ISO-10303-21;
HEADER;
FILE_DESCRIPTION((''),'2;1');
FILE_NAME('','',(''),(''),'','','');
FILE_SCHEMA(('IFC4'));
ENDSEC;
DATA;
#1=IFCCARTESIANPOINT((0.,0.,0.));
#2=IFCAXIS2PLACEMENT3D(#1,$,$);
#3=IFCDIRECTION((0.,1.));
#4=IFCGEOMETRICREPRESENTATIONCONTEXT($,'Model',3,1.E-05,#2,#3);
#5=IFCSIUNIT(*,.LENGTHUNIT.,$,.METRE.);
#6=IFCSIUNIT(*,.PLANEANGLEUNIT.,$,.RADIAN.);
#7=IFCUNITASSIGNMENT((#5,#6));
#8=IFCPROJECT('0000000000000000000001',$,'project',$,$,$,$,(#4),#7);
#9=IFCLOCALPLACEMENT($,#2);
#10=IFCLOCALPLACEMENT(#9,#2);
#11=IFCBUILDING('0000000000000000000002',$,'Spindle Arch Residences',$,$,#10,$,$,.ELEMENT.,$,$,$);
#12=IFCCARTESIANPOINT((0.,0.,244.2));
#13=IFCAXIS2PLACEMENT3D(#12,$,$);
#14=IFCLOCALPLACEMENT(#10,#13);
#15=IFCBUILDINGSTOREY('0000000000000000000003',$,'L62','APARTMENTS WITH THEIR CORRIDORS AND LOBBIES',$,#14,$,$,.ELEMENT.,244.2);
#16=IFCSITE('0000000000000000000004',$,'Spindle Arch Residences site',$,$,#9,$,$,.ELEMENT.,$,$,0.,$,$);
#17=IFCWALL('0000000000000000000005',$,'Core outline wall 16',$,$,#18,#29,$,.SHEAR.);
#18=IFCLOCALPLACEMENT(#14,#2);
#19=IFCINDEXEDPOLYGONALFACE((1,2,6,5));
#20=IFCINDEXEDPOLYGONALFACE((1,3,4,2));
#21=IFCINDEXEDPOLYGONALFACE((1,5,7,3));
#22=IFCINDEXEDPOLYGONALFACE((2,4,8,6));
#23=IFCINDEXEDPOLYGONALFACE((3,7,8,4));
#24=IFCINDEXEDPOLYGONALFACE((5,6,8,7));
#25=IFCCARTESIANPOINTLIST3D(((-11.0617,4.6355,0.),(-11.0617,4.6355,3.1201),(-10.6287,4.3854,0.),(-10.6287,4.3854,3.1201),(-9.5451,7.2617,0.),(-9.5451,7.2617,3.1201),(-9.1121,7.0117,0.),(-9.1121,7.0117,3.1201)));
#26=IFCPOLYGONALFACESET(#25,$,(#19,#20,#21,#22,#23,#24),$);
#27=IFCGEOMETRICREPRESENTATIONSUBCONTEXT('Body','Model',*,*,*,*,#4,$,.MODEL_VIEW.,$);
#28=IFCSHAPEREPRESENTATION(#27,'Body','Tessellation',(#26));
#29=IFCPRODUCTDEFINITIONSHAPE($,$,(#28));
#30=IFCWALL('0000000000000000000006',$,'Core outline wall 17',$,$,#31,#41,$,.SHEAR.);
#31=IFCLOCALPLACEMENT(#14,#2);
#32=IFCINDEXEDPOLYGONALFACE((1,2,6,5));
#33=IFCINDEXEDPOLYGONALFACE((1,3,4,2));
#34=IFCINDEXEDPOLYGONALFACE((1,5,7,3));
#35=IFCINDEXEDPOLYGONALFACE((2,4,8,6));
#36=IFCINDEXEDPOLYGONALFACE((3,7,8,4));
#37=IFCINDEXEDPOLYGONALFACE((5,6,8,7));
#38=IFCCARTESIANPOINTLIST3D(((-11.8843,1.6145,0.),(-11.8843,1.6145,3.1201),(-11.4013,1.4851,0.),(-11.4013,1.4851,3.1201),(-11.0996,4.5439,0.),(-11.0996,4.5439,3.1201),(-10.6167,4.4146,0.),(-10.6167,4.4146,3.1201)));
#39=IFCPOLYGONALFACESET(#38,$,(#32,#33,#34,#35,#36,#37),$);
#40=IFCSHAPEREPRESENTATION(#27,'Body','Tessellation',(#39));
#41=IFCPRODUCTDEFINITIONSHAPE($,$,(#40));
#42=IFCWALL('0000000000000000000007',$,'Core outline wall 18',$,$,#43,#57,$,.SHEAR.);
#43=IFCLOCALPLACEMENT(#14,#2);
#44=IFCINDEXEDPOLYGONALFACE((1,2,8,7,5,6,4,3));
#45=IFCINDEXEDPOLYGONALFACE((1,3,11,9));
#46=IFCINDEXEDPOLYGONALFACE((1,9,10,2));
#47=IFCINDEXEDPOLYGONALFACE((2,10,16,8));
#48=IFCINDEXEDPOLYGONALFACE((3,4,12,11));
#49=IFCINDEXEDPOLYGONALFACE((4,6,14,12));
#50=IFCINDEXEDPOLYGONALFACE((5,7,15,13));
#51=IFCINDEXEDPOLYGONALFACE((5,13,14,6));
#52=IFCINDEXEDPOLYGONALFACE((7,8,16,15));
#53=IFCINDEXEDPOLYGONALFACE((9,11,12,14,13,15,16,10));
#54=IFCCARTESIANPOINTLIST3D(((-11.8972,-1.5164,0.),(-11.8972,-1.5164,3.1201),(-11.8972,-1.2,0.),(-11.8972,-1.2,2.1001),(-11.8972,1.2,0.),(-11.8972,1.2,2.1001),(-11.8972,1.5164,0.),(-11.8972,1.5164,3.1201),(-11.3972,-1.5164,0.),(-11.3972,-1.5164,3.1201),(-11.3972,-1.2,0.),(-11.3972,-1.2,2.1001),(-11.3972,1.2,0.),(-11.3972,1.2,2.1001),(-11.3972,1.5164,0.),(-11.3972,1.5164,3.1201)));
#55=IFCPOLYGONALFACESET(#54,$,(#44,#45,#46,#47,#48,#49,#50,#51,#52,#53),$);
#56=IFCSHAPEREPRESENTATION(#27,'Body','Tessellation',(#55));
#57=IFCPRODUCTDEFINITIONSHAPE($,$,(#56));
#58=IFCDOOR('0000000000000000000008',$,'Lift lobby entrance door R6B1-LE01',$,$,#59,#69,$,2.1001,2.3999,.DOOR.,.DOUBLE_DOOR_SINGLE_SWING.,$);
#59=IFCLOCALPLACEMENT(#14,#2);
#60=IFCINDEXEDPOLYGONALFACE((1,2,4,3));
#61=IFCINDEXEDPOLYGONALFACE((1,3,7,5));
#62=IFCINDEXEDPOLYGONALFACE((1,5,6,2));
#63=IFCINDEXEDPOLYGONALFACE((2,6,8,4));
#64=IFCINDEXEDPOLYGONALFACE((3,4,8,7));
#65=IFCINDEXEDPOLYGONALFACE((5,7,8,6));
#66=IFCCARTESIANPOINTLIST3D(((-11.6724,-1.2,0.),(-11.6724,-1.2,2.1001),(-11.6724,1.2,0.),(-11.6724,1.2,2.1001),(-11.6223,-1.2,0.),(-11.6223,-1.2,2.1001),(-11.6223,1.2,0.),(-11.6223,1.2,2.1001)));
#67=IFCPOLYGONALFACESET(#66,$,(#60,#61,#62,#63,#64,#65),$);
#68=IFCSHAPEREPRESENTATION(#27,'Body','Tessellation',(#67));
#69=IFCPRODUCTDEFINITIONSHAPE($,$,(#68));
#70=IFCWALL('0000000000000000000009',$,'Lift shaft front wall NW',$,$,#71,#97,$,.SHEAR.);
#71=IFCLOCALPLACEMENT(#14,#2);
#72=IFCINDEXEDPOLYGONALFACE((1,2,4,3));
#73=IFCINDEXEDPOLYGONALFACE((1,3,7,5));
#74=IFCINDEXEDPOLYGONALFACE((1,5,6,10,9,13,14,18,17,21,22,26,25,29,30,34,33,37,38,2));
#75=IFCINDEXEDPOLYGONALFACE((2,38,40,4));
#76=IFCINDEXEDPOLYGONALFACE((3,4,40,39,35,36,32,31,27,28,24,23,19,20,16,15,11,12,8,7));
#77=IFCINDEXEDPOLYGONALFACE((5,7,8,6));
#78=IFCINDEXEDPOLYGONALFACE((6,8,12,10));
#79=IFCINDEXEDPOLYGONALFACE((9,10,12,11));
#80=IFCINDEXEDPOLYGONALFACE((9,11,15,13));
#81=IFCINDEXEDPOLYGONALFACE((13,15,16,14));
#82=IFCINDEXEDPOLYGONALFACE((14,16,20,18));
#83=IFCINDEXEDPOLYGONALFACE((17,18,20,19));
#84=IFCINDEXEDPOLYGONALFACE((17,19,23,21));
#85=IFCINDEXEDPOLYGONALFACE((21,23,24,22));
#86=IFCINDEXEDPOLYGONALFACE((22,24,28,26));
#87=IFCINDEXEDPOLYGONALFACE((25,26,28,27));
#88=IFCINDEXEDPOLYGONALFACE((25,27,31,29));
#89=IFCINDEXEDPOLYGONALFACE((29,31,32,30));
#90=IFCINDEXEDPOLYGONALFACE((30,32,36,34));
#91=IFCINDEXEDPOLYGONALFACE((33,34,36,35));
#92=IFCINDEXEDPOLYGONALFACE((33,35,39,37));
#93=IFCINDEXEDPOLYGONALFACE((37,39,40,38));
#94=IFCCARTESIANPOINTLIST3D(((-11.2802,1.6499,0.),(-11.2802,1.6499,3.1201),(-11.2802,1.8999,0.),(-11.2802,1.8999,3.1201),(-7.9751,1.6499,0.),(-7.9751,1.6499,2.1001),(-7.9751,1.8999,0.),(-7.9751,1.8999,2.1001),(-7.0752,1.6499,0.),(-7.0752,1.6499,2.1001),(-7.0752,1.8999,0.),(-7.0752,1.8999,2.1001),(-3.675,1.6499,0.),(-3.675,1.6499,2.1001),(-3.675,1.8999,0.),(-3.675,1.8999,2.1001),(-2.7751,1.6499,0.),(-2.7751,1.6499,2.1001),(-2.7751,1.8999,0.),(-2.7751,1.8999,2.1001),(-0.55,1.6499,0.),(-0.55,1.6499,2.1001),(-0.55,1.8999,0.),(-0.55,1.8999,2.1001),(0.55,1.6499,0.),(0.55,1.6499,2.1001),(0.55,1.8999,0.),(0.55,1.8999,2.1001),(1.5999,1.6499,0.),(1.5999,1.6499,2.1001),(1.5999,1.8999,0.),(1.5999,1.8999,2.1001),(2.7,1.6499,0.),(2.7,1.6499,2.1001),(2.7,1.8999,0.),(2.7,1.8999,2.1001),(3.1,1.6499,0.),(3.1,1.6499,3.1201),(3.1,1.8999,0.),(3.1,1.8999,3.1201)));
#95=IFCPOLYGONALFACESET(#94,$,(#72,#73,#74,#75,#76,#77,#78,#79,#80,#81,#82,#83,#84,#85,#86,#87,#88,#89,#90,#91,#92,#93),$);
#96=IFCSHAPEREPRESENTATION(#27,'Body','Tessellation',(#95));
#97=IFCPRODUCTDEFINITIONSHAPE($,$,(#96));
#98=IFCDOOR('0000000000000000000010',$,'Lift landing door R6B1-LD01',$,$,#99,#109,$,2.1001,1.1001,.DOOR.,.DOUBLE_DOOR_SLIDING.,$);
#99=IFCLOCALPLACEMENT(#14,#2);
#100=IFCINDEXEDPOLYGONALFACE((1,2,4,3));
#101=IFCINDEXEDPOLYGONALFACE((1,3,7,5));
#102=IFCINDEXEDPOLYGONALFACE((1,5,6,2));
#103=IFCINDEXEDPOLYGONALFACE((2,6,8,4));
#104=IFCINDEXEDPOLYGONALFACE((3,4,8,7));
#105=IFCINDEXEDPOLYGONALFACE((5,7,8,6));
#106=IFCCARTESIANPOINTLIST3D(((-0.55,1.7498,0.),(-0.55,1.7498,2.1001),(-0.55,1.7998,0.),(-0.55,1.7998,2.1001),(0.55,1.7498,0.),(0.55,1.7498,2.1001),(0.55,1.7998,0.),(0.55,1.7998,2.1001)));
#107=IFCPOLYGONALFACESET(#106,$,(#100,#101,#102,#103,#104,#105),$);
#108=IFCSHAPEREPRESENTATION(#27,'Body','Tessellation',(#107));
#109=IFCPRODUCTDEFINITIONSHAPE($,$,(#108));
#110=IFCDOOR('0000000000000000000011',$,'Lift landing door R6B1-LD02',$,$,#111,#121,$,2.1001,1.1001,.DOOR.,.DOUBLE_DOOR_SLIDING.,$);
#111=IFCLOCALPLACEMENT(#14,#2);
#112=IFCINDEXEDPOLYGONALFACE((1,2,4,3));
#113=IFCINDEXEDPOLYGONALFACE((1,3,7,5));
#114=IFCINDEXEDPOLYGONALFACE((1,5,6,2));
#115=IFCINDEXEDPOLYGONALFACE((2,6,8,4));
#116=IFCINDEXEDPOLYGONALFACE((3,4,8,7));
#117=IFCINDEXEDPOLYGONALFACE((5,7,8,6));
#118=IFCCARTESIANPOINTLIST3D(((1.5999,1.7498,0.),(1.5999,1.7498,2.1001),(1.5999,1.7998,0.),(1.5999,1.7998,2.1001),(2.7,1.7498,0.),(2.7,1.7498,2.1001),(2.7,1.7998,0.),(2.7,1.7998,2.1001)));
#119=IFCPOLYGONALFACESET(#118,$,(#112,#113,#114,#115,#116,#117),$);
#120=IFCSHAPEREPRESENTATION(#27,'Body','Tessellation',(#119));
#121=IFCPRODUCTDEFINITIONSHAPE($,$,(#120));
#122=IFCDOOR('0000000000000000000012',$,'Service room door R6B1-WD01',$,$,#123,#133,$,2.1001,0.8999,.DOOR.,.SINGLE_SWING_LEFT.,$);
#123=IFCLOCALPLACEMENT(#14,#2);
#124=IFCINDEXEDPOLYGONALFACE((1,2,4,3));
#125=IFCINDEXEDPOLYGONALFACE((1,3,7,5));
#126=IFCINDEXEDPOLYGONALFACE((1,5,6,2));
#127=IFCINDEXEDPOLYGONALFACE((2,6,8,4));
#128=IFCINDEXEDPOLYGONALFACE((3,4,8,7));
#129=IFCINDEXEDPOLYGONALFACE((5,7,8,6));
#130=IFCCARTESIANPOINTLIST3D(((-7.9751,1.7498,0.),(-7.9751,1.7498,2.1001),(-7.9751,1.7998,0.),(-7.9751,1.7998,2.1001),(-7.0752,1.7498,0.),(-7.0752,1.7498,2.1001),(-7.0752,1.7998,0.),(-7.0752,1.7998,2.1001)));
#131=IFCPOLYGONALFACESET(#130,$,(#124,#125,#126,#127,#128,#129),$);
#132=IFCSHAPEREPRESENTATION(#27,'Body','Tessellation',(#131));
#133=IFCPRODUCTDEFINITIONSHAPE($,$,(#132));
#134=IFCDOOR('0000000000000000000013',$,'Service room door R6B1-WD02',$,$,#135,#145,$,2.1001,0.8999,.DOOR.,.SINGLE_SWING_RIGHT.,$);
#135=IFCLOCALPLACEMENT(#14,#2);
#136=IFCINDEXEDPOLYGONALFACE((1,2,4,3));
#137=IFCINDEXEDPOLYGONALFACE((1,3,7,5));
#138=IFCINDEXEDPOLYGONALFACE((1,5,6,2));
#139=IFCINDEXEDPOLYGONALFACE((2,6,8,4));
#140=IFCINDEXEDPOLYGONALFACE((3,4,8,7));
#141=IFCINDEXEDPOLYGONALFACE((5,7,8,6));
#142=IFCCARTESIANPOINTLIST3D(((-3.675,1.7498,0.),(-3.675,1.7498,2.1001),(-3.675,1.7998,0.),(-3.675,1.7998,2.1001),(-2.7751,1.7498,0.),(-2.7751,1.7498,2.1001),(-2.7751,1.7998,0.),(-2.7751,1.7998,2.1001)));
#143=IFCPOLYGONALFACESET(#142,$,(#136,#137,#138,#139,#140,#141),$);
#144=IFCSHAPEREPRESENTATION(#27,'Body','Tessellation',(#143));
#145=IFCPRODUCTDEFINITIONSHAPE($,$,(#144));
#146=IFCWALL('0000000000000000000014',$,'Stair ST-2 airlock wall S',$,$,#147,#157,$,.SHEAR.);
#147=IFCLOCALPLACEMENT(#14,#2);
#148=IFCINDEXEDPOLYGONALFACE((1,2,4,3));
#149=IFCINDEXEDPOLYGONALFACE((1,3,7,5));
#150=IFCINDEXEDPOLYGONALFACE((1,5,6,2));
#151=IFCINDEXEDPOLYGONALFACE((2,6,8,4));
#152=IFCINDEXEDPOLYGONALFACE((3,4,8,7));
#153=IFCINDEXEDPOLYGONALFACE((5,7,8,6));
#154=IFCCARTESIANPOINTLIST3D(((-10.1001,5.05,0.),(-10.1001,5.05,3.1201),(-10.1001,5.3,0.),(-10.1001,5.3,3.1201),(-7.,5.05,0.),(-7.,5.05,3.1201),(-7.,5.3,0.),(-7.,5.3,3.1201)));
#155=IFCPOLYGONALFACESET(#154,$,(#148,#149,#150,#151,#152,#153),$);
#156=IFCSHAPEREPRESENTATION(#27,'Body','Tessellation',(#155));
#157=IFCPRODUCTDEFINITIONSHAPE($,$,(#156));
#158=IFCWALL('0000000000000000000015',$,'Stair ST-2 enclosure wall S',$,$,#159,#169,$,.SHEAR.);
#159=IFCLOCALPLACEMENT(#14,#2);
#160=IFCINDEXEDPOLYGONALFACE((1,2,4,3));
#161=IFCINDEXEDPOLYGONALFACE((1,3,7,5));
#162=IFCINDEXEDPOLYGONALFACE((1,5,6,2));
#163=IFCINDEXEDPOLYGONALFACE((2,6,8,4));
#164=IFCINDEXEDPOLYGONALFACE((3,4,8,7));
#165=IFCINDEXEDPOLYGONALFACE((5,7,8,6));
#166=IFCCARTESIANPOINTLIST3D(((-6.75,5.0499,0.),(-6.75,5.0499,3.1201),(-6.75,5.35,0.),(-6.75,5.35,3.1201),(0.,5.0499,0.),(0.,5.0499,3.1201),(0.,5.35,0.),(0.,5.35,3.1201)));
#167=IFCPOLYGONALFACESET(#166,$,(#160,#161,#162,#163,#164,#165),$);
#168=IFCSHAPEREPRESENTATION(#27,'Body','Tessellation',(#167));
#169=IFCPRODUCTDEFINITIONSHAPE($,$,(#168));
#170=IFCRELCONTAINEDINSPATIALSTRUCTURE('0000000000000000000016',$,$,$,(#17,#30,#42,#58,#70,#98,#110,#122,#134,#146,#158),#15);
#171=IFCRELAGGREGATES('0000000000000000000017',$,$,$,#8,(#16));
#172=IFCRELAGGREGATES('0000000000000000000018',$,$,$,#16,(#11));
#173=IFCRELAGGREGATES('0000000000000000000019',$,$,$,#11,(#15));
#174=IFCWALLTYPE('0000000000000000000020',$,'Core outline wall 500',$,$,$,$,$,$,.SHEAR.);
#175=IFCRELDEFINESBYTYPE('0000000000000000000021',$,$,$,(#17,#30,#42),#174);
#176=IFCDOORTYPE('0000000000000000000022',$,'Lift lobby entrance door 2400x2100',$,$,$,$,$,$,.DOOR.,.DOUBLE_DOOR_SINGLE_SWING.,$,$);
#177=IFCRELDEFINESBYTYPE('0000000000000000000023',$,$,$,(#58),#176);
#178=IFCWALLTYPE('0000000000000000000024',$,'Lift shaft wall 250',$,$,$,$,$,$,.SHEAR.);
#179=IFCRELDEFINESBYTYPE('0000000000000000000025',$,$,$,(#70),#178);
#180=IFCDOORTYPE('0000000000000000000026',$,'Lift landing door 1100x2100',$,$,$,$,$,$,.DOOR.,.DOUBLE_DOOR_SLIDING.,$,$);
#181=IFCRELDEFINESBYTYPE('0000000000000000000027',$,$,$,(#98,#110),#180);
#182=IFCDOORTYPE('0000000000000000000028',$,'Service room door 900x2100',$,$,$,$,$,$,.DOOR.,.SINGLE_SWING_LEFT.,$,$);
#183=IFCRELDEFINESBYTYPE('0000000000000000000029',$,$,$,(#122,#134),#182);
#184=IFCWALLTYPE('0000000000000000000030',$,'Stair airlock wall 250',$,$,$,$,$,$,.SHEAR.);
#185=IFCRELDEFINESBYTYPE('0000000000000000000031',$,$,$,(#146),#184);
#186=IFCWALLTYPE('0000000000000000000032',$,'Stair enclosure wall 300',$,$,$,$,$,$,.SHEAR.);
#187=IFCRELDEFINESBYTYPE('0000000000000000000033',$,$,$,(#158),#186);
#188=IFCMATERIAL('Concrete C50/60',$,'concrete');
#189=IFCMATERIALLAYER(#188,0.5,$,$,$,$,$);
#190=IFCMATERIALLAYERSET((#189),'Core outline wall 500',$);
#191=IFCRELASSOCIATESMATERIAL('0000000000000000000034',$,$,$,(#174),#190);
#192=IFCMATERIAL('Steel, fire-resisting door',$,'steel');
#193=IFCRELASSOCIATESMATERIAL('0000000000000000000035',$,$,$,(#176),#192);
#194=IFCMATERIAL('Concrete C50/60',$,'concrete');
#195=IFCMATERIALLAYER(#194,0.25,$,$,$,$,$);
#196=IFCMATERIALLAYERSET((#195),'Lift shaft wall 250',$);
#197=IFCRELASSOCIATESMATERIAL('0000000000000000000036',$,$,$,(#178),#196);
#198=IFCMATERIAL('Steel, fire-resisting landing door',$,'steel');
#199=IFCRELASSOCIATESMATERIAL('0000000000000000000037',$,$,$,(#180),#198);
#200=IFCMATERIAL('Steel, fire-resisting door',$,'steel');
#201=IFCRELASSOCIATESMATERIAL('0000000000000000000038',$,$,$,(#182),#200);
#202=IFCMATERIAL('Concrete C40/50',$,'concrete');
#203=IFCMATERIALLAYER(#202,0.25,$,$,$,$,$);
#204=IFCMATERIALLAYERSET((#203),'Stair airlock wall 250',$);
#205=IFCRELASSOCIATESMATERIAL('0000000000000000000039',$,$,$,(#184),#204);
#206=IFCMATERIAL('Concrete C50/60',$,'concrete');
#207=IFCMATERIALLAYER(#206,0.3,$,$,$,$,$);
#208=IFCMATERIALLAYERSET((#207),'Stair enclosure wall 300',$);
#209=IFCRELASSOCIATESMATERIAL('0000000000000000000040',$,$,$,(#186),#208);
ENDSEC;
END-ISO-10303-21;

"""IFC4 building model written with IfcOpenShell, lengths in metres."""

from ifc_helpers import new_model, si_unit, direction, frame, frame_2d, origin, place, context, subcontext, project, spatial, rectangle, extrude, material, layer, layer_set, type_object, element, fill, save


model = new_model("IFC4")

# Units and contexts
model_context = context("Model", 3, precision=1e-05, world=origin(), true_north=direction((0.0, 1.0)))
body_context = subcontext(model_context, "Body", "Model", "MODEL_VIEW")
ifc_project = project(units=[si_unit("LENGTHUNIT", "METRE"), si_unit("PLANEANGLEUNIT", "RADIAN")], contexts=[model_context])

# Site, building, storey
site_placement = place(None, origin())
site = spatial("IfcSite", under=ifc_project, at=site_placement, Name="Spindle Arch Residences site", CompositionType="ELEMENT", RefElevation=0.0)
building_placement = place(site_placement, origin())
building = spatial("IfcBuilding", under=site, at=building_placement, Name="Spindle Arch Residences", CompositionType="ELEMENT")
storey_placement = place(building_placement, frame((0.0, 0.0, 244.2)))
storey = spatial("IfcBuildingStorey", under=building, at=storey_placement, Name="L62", Description="APARTMENTS WITH THEIR CORRIDORS AND LOBBIES", CompositionType="ELEMENT", Elevation=244.2)

# Walls
ifc_material_1 = material(Name="Concrete C50/60", Category="concrete")
ifc_layer_1 = layer(ifc_material_1, 0.5)
ifc_layer_set_1 = layer_set([ifc_layer_1], Name="Core outline wall 500")
wall_type_1 = type_object("IfcWallType", Name="Core outline wall 500", PredefinedType="SHEAR", material=ifc_layer_set_1)
for number, where, z_axis, x_axis, name in (
    (1, (-9.3286, 7.1367, 0.0), (0.0, 0.0, 1.0), (-0.500087, -0.865975, 0.0), "Core outline wall 16"),
    (2, (-10.8582, 4.4792, 0.0), (0.0, 0.0, 1.0), (-0.258735, -0.965948, 0.0), "Core outline wall 17"),
):
    element("IfcWall", number, at=place(storey_placement, frame(where, z_axis=z_axis, x_axis=x_axis)), inside=storey, type_object=wall_type_1, Name=name, PredefinedType="SHEAR", context=body_context, shape_type="SweptSolid", body=[
        extrude(rectangle(XDim=3.0327, YDim=0.5, at=frame_2d((1.5164, 0.0))), origin(), (0.0, 0.0, 1.0), 3.1201),
    ])

# Wall, opening, door
wall_1_placement = place(storey_placement, frame((-11.6472, 1.5164, 0.0), z_axis=(0.0, 0.0, 1.0), x_axis=(0.0, -1.0, 0.0)))
wall_1 = element("IfcWall", 3, at=wall_1_placement, inside=storey, type_object=wall_type_1, Name="Core outline wall 18", PredefinedType="SHEAR", context=body_context, shape_type="SweptSolid", body=[
    extrude(rectangle(XDim=3.0327, YDim=0.5, at=frame_2d((1.5164, 0.0))), origin(), (0.0, 0.0, 1.0), 3.1201),
])
opening_1_placement = place(wall_1_placement, frame((0.3164, 0.0, 0.0)))
opening_1 = element("IfcOpeningElement", 4, at=opening_1_placement, cuts=wall_1, PredefinedType="OPENING", context=body_context, shape_type="SweptSolid", body=[
    extrude(rectangle(XDim=2.3999, YDim=2.1001, at=frame_2d((1.2, 1.05))), frame((0.0, 0.26, 0.0), z_axis=(0.0, -1.0, 0.0), x_axis=(1.0, 0.0, 0.0)), (0.0, 0.0, 1.0), 0.52),
])
ifc_material_2 = material(Name="Steel, fire-resisting door", Category="steel")
door_type_1 = type_object("IfcDoorType", Name="Lift lobby entrance door 2400x2100", OperationType="DOUBLE_DOOR_SINGLE_SWING", PredefinedType="DOOR", material=ifc_material_2)
door_1_placement = place(opening_1_placement, origin())
door_1 = element("IfcDoor", 5, at=door_1_placement, inside=storey, type_object=door_type_1, Name="Lift lobby entrance door R6B1-LE01", OperationType="DOUBLE_DOOR_SINGLE_SWING", OverallHeight=2.1001, OverallWidth=2.3999, PredefinedType="DOOR", context=body_context, shape_type="SweptSolid", body=[
    extrude(rectangle(XDim=2.3999, YDim=2.1001, at=frame_2d((1.2, 1.05))), frame((0.0, 0.0249, 0.0), z_axis=(0.0, -1.0, 0.0), x_axis=(1.0, 0.0, 0.0)), (0.0, 0.0, 1.0), 0.05),
])
fill(opening_1, door_1)

# Wall, openings, doors
ifc_material_3 = material(Name="Concrete C50/60", Category="concrete")
ifc_layer_2 = layer(ifc_material_3, 0.25)
ifc_layer_set_2 = layer_set([ifc_layer_2], Name="Lift shaft wall 250")
wall_type_2 = type_object("IfcWallType", Name="Lift shaft wall 250", PredefinedType="SHEAR", material=ifc_layer_set_2)
wall_2_placement = place(storey_placement, frame((-11.28, 1.7749, 0.0), z_axis=(0.0, 0.0, 1.0), x_axis=(1.0, 0.0, 0.0)))
wall_2 = element("IfcWall", 6, at=wall_2_placement, inside=storey, type_object=wall_type_2, Name="Lift shaft front wall NW", PredefinedType="SHEAR", context=body_context, shape_type="SweptSolid", body=[
    extrude(rectangle(XDim=14.3801, YDim=0.25, at=frame_2d((7.1899, 0.0))), origin(), (0.0, 0.0, 1.0), 3.1201),
])
opening_2_placement = place(wall_2_placement, frame((10.73, 0.0, 0.0)))
opening_2 = element("IfcOpeningElement", 7, at=opening_2_placement, cuts=wall_2, PredefinedType="OPENING", context=body_context, shape_type="SweptSolid", body=[
    extrude(rectangle(XDim=1.1001, YDim=2.1001, at=frame_2d((0.55, 1.05))), frame((0.0, 0.135, 0.0), z_axis=(0.0, -1.0, 0.0), x_axis=(1.0, 0.0, 0.0)), (0.0, 0.0, 1.0), 0.27),
])
opening_3_placement = place(wall_2_placement, frame((12.8799, 0.0, 0.0)))
opening_3 = element("IfcOpeningElement", 8, at=opening_3_placement, cuts=wall_2, PredefinedType="OPENING", context=body_context, shape_type="SweptSolid", body=[
    extrude(rectangle(XDim=1.1001, YDim=2.1001, at=frame_2d((0.55, 1.05))), frame((0.0, 0.135, 0.0), z_axis=(0.0, -1.0, 0.0), x_axis=(1.0, 0.0, 0.0)), (0.0, 0.0, 1.0), 0.27),
])
opening_4_placement = place(wall_2_placement, frame((3.3049, 0.0, 0.0)))
opening_4 = element("IfcOpeningElement", 9, at=opening_4_placement, cuts=wall_2, PredefinedType="OPENING", context=body_context, shape_type="SweptSolid", body=[
    extrude(rectangle(XDim=0.8999, YDim=2.1001, at=frame_2d((0.45, 1.05))), frame((0.0, 0.135, 0.0), z_axis=(0.0, -1.0, 0.0), x_axis=(1.0, 0.0, 0.0)), (0.0, 0.0, 1.0), 0.27),
])
opening_5_placement = place(wall_2_placement, frame((7.605, 0.0, 0.0)))
opening_5 = element("IfcOpeningElement", 10, at=opening_5_placement, cuts=wall_2, PredefinedType="OPENING", context=body_context, shape_type="SweptSolid", body=[
    extrude(rectangle(XDim=0.8999, YDim=2.1001, at=frame_2d((0.45, 1.05))), frame((0.0, 0.135, 0.0), z_axis=(0.0, -1.0, 0.0), x_axis=(1.0, 0.0, 0.0)), (0.0, 0.0, 1.0), 0.27),
])
ifc_material_4 = material(Name="Steel, fire-resisting landing door", Category="steel")
door_type_2 = type_object("IfcDoorType", Name="Lift landing door 1100x2100", OperationType="DOUBLE_DOOR_SLIDING", PredefinedType="DOOR", material=ifc_material_4)
door_2_placement = place(opening_2_placement, origin())
door_2 = element("IfcDoor", 11, at=door_2_placement, inside=storey, type_object=door_type_2, Name="Lift landing door R6B1-LD01", OperationType="DOUBLE_DOOR_SLIDING", OverallHeight=2.1001, OverallWidth=1.1001, PredefinedType="DOOR", context=body_context, shape_type="SweptSolid", body=[
    extrude(rectangle(XDim=1.1001, YDim=2.1001, at=frame_2d((0.55, 1.05))), frame((0.0, 0.0249, 0.0), z_axis=(0.0, -1.0, 0.0), x_axis=(1.0, 0.0, 0.0)), (0.0, 0.0, 1.0), 0.05),
])
fill(opening_2, door_2)
door_3_placement = place(opening_3_placement, origin())
door_3 = element("IfcDoor", 12, at=door_3_placement, inside=storey, type_object=door_type_2, Name="Lift landing door R6B1-LD02", OperationType="DOUBLE_DOOR_SLIDING", OverallHeight=2.1001, OverallWidth=1.1001, PredefinedType="DOOR", context=body_context, shape_type="SweptSolid", body=[
    extrude(rectangle(XDim=1.1001, YDim=2.1001, at=frame_2d((0.55, 1.05))), frame((0.0, 0.0249, 0.0), z_axis=(0.0, -1.0, 0.0), x_axis=(1.0, 0.0, 0.0)), (0.0, 0.0, 1.0), 0.05),
])
fill(opening_3, door_3)
ifc_material_5 = material(Name="Steel, fire-resisting door", Category="steel")
door_type_3 = type_object("IfcDoorType", Name="Service room door 900x2100", OperationType="SINGLE_SWING_LEFT", PredefinedType="DOOR", material=ifc_material_5)
door_4_placement = place(opening_4_placement, origin())
door_4 = element("IfcDoor", 13, at=door_4_placement, inside=storey, type_object=door_type_3, Name="Service room door R6B1-WD01", OperationType="SINGLE_SWING_LEFT", OverallHeight=2.1001, OverallWidth=0.8999, PredefinedType="DOOR", context=body_context, shape_type="SweptSolid", body=[
    extrude(rectangle(XDim=0.8999, YDim=2.1001, at=frame_2d((0.45, 1.05))), frame((0.0, 0.0249, 0.0), z_axis=(0.0, -1.0, 0.0), x_axis=(1.0, 0.0, 0.0)), (0.0, 0.0, 1.0), 0.05),
])
fill(opening_4, door_4)
door_5_placement = place(opening_5_placement, origin())
door_5 = element("IfcDoor", 14, at=door_5_placement, inside=storey, type_object=door_type_3, Name="Service room door R6B1-WD02", OperationType="SINGLE_SWING_RIGHT", OverallHeight=2.1001, OverallWidth=0.8999, PredefinedType="DOOR", context=body_context, shape_type="SweptSolid", body=[
    extrude(rectangle(XDim=0.8999, YDim=2.1001, at=frame_2d((0.45, 1.05))), frame((0.0, 0.0249, 0.0), z_axis=(0.0, -1.0, 0.0), x_axis=(1.0, 0.0, 0.0)), (0.0, 0.0, 1.0), 0.05),
])
fill(opening_5, door_5)

# Walls
ifc_material_6 = material(Name="Concrete C40/50", Category="concrete")
ifc_layer_3 = layer(ifc_material_6, 0.25)
ifc_layer_set_3 = layer_set([ifc_layer_3], Name="Stair airlock wall 250")
wall_type_3 = type_object("IfcWallType", Name="Stair airlock wall 250", PredefinedType="SHEAR", material=ifc_layer_set_3)
wall_3_placement = place(storey_placement, frame((-7.0, 5.175, 0.0), z_axis=(0.0, 0.0, 1.0), x_axis=(-1.0, 0.0, 0.0)))
element("IfcWall", 15, at=wall_3_placement, inside=storey, type_object=wall_type_3, Name="Stair ST-2 airlock wall S", PredefinedType="SHEAR", context=body_context, shape_type="SweptSolid", body=[
    extrude(rectangle(XDim=3.1001, YDim=0.25, at=frame_2d((1.55, 0.0))), origin(), (0.0, 0.0, 1.0), 3.1201),
])
ifc_material_7 = material(Name="Concrete C50/60", Category="concrete")
ifc_layer_4 = layer(ifc_material_7, 0.3)
ifc_layer_set_4 = layer_set([ifc_layer_4], Name="Stair enclosure wall 300")
wall_type_4 = type_object("IfcWallType", Name="Stair enclosure wall 300", PredefinedType="SHEAR", material=ifc_layer_set_4)
wall_4_placement = place(storey_placement, frame((-6.75, 5.2, 0.0), z_axis=(0.0, 0.0, 1.0), x_axis=(1.0, 0.0, 0.0)))
element("IfcWall", 16, at=wall_4_placement, inside=storey, type_object=wall_type_4, Name="Stair ST-2 enclosure wall S", PredefinedType="SHEAR", context=body_context, shape_type="SweptSolid", body=[
    extrude(rectangle(XDim=6.75, YDim=0.3, at=frame_2d((3.375, 0.0))), origin(), (0.0, 0.0, 1.0), 3.1201),
])

save(model, "model.ifc")
